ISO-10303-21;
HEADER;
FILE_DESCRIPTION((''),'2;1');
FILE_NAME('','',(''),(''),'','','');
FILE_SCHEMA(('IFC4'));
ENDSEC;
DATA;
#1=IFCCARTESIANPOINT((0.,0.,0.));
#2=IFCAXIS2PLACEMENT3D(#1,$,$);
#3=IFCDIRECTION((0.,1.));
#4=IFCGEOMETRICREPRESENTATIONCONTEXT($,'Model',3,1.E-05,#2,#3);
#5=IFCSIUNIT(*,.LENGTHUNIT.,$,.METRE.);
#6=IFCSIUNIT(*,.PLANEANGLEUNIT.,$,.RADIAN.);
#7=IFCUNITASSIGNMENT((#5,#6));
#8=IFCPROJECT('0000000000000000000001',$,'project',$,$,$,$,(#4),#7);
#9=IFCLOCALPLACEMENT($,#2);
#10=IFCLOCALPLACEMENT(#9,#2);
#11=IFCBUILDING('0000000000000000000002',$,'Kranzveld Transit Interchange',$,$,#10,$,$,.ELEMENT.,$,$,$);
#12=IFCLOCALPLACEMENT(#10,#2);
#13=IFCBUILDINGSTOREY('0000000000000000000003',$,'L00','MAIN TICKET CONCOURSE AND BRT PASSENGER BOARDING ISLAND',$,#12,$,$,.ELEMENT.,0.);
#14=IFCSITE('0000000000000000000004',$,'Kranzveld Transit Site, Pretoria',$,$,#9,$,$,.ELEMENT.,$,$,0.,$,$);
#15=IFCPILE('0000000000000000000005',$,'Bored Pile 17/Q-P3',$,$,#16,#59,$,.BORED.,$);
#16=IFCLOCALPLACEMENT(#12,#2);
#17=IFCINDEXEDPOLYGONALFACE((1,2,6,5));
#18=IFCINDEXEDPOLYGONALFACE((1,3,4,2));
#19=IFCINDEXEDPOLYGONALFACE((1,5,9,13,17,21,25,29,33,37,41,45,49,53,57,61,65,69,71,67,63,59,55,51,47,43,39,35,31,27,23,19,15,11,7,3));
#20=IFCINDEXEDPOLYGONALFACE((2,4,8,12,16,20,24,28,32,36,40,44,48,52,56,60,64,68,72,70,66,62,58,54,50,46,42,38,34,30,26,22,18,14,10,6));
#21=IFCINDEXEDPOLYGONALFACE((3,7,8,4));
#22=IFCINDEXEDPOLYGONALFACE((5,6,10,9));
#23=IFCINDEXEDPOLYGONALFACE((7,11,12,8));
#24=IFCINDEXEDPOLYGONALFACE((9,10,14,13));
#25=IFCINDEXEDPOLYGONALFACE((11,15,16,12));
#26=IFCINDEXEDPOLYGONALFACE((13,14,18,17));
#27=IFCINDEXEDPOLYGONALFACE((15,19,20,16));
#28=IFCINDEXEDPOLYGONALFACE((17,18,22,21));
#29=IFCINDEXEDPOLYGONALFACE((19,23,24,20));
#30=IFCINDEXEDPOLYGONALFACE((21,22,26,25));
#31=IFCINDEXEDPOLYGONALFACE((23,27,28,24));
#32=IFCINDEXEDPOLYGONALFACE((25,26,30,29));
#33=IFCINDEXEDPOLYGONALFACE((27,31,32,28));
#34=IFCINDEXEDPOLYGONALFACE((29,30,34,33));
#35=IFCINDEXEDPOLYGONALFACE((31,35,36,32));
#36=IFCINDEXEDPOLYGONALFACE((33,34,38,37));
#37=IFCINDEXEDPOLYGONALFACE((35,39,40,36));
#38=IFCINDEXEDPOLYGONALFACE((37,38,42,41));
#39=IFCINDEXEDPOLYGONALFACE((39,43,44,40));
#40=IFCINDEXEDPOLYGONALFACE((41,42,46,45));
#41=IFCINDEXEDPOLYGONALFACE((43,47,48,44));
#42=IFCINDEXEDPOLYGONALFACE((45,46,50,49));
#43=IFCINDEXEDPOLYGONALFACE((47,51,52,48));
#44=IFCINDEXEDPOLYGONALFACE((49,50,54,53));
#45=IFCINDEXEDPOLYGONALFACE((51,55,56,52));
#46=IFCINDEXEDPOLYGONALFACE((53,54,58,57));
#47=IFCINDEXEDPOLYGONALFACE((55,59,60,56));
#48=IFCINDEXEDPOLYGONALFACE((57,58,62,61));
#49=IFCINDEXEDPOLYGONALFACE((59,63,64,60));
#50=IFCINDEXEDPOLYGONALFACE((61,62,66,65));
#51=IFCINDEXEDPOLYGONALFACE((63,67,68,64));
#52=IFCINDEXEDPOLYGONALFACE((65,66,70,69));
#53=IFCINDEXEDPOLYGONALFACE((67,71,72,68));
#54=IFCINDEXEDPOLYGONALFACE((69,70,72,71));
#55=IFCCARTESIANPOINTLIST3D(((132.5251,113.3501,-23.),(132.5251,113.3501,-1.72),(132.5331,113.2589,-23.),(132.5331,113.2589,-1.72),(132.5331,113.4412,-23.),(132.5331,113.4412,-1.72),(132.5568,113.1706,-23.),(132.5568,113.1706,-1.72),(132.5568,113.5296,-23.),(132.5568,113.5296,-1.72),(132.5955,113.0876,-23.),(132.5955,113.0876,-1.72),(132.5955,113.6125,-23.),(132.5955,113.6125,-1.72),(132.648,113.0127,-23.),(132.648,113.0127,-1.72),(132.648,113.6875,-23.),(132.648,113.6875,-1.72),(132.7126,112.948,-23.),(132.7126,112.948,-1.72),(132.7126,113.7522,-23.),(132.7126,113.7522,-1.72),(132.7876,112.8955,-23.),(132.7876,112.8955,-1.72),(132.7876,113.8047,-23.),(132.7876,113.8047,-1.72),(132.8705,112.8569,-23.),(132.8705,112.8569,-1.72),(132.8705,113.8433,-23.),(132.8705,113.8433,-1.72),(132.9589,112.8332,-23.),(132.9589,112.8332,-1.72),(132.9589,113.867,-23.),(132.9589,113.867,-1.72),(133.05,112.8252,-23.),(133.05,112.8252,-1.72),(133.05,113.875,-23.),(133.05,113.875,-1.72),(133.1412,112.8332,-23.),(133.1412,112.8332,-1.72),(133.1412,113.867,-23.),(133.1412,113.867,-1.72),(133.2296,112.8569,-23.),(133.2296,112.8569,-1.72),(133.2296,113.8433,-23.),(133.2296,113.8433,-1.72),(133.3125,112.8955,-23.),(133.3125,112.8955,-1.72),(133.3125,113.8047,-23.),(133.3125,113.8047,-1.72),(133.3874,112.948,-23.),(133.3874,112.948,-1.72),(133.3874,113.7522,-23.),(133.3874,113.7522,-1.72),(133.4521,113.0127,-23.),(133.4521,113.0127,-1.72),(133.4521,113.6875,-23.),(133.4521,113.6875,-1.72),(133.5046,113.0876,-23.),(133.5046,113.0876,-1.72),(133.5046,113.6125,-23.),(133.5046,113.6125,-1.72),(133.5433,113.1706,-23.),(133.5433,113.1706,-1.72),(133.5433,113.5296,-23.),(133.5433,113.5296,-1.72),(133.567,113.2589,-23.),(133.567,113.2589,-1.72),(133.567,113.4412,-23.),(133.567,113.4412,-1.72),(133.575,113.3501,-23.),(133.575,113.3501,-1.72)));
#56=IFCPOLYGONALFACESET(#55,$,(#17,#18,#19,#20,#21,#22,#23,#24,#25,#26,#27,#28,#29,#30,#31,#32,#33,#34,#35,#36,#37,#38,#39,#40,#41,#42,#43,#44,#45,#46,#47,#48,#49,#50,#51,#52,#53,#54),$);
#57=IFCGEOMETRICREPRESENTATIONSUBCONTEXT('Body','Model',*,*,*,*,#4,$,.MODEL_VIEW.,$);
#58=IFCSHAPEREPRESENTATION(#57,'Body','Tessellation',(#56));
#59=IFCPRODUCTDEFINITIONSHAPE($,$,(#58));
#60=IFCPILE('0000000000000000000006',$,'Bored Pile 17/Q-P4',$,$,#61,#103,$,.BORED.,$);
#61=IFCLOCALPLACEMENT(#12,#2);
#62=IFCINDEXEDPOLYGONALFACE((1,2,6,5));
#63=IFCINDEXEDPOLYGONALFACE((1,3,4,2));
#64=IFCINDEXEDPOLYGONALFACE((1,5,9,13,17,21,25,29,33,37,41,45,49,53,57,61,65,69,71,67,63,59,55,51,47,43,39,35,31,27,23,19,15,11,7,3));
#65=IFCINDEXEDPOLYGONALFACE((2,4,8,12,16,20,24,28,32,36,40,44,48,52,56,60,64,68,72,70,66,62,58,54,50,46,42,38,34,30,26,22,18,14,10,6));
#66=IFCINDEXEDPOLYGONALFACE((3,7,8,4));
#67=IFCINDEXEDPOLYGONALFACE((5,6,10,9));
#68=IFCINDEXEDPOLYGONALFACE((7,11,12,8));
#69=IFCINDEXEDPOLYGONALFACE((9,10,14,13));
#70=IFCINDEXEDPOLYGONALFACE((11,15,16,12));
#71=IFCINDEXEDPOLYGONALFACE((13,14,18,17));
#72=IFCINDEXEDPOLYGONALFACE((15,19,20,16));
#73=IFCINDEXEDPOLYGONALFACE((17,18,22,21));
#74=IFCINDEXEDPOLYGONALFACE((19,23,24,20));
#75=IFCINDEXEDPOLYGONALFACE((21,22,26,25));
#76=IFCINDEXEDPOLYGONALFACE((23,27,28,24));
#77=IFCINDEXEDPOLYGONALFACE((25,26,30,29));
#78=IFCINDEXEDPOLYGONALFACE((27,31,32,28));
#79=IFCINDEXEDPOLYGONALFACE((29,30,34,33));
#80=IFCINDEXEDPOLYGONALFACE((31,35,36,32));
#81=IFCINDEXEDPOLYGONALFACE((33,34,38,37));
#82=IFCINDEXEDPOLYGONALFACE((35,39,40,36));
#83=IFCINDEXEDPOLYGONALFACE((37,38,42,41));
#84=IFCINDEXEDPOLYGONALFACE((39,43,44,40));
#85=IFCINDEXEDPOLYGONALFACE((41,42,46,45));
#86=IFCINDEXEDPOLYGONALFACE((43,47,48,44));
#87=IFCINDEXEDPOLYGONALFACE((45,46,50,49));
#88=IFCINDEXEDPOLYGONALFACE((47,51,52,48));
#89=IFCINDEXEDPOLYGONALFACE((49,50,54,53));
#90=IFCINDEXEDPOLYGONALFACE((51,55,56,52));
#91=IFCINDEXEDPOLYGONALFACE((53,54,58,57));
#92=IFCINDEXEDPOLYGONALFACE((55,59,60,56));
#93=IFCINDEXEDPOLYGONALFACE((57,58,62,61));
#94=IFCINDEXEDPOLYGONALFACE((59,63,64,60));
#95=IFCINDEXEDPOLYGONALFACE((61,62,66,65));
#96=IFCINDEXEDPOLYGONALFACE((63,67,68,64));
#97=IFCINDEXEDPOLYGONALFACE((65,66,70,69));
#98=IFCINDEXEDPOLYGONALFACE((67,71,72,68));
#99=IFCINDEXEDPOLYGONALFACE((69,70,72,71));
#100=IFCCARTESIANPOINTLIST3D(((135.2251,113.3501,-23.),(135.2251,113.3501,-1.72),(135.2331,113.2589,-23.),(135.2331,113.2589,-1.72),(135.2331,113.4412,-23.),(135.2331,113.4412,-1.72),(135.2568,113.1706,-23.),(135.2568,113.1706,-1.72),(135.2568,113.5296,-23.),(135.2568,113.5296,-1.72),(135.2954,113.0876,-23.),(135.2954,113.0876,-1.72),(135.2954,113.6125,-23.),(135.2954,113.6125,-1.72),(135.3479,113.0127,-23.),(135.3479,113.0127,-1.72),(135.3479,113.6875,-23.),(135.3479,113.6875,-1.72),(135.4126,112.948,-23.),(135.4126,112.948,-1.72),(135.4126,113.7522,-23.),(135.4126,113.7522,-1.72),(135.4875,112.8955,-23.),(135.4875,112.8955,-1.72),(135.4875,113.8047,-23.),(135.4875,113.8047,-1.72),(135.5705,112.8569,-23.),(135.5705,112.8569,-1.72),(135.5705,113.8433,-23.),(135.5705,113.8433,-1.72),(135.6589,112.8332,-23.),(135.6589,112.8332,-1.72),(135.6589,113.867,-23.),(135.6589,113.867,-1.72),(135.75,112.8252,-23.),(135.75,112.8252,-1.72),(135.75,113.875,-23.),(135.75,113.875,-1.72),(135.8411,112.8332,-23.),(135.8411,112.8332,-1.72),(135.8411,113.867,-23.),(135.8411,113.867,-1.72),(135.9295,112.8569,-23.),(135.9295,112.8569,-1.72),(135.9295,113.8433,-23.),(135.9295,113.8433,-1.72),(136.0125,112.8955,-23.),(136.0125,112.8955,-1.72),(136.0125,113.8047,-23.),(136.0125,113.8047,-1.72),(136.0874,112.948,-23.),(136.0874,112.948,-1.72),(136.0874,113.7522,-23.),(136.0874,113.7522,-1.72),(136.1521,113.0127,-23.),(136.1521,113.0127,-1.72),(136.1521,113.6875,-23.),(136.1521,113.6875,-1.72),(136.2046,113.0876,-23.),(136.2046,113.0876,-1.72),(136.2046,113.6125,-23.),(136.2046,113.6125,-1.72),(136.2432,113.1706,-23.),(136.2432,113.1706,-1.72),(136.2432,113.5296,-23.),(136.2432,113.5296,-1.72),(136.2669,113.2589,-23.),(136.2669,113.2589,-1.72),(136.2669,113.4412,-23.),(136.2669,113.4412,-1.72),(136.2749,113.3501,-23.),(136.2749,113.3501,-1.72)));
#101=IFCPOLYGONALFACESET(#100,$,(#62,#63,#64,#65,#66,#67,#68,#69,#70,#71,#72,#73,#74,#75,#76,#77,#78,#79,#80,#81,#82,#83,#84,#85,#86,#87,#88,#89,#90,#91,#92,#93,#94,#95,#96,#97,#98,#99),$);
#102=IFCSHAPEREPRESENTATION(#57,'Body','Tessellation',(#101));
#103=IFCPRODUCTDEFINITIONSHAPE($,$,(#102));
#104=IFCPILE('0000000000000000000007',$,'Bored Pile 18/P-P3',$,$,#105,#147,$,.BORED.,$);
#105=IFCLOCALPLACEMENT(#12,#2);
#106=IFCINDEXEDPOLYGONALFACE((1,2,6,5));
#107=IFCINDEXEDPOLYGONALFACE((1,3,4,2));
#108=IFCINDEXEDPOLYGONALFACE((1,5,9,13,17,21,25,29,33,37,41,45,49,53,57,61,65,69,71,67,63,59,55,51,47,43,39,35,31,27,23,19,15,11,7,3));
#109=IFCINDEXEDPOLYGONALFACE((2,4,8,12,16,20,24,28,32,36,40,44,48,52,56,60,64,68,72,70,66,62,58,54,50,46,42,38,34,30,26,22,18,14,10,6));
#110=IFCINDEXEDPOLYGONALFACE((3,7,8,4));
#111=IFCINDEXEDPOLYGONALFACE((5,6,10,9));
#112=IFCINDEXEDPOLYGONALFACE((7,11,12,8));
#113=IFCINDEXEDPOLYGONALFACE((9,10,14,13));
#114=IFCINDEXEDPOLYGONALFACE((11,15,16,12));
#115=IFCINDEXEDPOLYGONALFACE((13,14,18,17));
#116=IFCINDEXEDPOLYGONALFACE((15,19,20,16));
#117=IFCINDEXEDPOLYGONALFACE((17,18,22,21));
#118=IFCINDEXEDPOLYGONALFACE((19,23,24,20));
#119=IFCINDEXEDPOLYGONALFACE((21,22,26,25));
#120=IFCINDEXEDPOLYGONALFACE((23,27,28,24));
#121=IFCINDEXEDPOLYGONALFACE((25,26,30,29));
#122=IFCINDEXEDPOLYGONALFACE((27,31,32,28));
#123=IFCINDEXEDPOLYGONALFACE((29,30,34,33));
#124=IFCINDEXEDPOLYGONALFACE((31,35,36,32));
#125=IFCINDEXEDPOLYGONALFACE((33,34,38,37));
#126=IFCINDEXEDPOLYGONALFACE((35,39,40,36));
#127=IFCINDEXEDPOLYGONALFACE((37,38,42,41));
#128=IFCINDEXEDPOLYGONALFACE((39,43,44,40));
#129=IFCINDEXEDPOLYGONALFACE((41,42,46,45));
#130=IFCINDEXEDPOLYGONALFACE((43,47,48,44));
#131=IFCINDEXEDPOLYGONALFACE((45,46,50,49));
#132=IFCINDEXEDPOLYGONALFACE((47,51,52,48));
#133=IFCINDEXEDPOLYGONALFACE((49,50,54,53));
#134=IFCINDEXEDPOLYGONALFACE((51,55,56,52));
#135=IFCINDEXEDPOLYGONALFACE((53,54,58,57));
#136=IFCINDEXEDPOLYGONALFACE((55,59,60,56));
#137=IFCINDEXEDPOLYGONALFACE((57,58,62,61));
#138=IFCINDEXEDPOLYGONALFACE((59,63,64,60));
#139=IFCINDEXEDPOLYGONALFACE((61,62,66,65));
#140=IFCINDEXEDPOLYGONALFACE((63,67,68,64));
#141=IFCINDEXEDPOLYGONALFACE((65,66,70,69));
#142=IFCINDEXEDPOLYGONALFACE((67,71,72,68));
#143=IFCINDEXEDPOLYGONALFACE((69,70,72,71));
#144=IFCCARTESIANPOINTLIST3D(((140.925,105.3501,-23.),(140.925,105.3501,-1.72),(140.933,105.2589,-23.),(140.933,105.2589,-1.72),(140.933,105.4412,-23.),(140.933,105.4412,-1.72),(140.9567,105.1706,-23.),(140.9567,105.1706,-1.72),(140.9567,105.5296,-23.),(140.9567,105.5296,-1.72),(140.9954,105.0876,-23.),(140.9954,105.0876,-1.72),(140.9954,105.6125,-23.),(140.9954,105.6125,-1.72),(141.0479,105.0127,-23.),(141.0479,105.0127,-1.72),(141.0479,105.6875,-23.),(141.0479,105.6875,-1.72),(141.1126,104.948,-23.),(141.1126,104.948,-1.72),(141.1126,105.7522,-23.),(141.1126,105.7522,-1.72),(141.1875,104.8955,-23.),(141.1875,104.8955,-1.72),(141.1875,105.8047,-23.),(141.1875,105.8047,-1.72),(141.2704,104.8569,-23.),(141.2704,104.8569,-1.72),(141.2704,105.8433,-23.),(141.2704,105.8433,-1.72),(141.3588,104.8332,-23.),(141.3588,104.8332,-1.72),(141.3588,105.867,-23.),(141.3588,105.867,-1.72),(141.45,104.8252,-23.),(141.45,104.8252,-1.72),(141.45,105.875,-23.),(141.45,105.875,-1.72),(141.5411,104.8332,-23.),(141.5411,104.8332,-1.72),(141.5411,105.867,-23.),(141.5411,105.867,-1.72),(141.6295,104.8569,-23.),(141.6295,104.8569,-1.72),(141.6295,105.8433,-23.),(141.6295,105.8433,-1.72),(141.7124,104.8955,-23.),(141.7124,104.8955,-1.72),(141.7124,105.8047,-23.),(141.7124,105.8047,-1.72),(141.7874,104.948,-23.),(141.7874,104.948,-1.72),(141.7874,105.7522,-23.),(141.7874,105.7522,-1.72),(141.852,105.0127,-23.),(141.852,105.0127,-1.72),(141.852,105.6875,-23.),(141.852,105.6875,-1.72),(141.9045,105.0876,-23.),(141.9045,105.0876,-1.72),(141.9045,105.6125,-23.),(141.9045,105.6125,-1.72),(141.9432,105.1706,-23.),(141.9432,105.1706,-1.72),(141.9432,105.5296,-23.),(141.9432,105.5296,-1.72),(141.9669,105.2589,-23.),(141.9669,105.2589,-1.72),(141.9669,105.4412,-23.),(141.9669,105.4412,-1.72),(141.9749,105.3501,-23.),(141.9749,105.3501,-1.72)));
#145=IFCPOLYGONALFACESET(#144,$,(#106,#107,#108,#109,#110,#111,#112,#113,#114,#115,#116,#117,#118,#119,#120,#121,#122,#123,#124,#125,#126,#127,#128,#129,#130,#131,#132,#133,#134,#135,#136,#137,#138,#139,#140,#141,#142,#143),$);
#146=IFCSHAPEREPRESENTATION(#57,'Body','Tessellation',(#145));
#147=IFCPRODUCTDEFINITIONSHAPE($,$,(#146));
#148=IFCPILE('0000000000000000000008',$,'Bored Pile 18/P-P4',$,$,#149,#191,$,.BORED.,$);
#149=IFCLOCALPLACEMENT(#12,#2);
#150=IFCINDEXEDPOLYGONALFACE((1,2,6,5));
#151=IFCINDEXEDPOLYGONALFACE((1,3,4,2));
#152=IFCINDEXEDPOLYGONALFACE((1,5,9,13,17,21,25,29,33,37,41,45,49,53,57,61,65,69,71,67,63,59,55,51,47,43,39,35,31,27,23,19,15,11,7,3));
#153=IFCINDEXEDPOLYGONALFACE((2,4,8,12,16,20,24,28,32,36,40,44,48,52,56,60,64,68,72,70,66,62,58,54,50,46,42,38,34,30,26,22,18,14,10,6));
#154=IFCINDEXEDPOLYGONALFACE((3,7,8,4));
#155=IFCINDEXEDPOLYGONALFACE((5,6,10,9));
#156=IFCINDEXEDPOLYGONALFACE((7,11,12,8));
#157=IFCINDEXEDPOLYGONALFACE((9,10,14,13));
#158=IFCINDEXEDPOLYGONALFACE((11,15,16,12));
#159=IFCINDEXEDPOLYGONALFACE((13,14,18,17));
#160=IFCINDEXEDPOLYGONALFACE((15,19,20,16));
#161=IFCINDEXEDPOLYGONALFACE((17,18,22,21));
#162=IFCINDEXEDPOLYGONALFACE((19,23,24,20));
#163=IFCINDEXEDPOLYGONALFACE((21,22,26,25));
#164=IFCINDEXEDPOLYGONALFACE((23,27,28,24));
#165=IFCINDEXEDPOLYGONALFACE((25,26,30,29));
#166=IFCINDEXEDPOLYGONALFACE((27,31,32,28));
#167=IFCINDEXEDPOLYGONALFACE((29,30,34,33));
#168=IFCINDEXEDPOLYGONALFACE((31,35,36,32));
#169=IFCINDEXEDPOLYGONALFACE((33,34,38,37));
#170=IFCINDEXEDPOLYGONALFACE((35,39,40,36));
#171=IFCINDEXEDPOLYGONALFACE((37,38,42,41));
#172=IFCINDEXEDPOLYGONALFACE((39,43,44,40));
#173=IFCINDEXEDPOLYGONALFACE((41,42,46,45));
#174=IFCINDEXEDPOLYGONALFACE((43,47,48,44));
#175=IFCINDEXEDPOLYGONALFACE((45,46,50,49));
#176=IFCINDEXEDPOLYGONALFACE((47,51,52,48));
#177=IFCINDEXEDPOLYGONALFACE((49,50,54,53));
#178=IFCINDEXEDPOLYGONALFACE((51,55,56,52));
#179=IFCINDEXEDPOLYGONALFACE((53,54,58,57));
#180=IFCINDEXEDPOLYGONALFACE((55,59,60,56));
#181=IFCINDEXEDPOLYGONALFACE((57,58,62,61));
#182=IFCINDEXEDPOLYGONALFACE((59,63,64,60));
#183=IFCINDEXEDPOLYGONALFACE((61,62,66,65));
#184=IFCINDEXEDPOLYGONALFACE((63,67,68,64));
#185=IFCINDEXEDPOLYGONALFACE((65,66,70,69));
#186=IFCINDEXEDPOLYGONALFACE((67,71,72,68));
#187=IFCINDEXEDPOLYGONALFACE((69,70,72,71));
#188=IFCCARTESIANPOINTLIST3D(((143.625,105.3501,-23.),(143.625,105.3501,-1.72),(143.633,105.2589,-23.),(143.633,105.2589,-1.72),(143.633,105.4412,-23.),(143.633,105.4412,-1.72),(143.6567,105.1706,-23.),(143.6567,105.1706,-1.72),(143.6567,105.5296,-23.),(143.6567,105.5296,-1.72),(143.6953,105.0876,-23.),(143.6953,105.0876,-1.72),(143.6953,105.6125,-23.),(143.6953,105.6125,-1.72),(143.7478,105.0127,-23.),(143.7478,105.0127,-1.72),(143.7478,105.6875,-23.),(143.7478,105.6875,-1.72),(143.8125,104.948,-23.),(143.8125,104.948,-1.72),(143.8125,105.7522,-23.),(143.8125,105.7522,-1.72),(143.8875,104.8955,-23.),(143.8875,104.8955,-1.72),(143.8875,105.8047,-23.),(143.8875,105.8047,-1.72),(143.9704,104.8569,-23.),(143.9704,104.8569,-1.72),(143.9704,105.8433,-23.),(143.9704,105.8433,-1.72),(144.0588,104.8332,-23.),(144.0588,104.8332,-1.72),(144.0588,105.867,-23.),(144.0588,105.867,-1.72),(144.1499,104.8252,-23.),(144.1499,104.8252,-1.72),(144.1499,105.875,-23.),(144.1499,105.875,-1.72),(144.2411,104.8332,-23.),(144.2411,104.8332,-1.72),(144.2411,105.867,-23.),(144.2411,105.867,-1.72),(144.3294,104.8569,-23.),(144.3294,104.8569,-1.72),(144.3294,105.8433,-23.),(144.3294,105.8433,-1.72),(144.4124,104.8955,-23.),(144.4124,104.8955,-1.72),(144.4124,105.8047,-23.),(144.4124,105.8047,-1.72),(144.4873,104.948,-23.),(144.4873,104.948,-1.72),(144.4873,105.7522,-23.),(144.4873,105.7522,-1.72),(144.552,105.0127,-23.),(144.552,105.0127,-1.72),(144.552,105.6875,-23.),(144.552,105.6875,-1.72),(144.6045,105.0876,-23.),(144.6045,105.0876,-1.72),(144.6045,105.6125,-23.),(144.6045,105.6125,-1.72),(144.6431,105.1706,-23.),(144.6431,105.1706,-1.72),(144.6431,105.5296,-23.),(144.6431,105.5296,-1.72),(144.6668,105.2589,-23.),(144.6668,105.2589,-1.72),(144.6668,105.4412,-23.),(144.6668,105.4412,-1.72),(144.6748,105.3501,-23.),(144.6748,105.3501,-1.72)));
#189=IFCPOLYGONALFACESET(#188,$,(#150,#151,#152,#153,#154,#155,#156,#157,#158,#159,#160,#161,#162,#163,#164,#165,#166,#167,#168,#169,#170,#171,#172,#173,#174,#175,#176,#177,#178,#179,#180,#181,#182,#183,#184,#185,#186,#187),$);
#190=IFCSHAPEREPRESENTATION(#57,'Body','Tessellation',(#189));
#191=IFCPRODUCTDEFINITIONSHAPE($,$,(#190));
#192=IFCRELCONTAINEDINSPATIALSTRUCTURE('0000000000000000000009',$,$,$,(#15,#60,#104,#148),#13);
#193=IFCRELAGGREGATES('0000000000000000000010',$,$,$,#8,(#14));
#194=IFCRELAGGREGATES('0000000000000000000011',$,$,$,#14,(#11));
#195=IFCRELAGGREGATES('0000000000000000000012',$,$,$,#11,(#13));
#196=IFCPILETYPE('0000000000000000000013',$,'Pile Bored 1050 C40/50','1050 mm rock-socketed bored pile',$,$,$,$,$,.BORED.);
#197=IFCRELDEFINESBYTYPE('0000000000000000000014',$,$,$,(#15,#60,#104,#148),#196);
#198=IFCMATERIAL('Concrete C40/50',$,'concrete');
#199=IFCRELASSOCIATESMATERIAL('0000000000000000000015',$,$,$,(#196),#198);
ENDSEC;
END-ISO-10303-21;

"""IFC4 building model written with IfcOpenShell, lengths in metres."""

from ifc_helpers import new_model, si_unit, direction, frame, origin, origin_2d, place, context, subcontext, project, spatial, circle, extrude, material, material_profile, profile_set, type_object, element, save


model = new_model("IFC4")

# Units and contexts
model_context = context("Model", 3, precision=1e-05, world=origin(), true_north=direction((0.0, 1.0)))
body_context = subcontext(model_context, "Body", "Model", "MODEL_VIEW")
ifc_project = project(units=[si_unit("LENGTHUNIT", "METRE"), si_unit("PLANEANGLEUNIT", "RADIAN")], contexts=[model_context])

# Site, building, storey
site_placement = place(None, origin())
site = spatial("IfcSite", under=ifc_project, at=site_placement, Name="Kranzveld Transit Site, Pretoria", CompositionType="ELEMENT", RefElevation=0.0)
building_placement = place(site_placement, origin())
building = spatial("IfcBuilding", under=site, at=building_placement, Name="Kranzveld Transit Interchange", CompositionType="ELEMENT")
storey_placement = place(building_placement, origin())
storey = spatial("IfcBuildingStorey", under=building, at=storey_placement, Name="L00", Description="MAIN TICKET CONCOURSE AND BRT PASSENGER BOARDING ISLAND", CompositionType="ELEMENT", Elevation=0.0)

# Piles
ifc_material_1 = material(Name="Concrete C40/50", Category="concrete")
ifc_material_profile_1 = material_profile(ifc_material_1, circle(Radius=0.5249, at=origin_2d()), Name="BORED PILE 1050")
ifc_profile_set_1 = profile_set([ifc_material_profile_1], Name="Concrete C40/50")
pile_type = type_object("IfcPileType", Name="Pile Bored 1050 C40/50", Description="1050 mm rock-socketed bored pile", PredefinedType="BORED", material=ifc_profile_set_1)
for number, where, z_axis, x_axis, name in (
    (1, (133.05, 113.3501, -1.72), (0.0, 0.0, -1.0), (1.0, 0.0, 0.0), "Bored Pile 17/Q-P3"),
    (2, (135.75, 113.3501, -1.72), (0.0, 0.0, -1.0), (1.0, 0.0, 0.0), "Bored Pile 17/Q-P4"),
    (3, (141.45, 105.3501, -1.72), (0.0, 0.0, -1.0), (1.0, 0.0, 0.0), "Bored Pile 18/P-P3"),
    (4, (144.1499, 105.3501, -1.72), (0.0, 0.0, -1.0), (1.0, 0.0, 0.0), "Bored Pile 18/P-P4"),
):
    element("IfcPile", number, at=place(storey_placement, frame(where, z_axis=z_axis, x_axis=x_axis)), inside=storey, type_object=pile_type, Name=name, PredefinedType="BORED", context=body_context, shape_type="SweptSolid", body=[
        extrude(circle(Radius=0.5249, at=origin_2d()), origin(), (0.0, 0.0, 1.0), 21.28),
    ])

save(model, "model.ifc")
